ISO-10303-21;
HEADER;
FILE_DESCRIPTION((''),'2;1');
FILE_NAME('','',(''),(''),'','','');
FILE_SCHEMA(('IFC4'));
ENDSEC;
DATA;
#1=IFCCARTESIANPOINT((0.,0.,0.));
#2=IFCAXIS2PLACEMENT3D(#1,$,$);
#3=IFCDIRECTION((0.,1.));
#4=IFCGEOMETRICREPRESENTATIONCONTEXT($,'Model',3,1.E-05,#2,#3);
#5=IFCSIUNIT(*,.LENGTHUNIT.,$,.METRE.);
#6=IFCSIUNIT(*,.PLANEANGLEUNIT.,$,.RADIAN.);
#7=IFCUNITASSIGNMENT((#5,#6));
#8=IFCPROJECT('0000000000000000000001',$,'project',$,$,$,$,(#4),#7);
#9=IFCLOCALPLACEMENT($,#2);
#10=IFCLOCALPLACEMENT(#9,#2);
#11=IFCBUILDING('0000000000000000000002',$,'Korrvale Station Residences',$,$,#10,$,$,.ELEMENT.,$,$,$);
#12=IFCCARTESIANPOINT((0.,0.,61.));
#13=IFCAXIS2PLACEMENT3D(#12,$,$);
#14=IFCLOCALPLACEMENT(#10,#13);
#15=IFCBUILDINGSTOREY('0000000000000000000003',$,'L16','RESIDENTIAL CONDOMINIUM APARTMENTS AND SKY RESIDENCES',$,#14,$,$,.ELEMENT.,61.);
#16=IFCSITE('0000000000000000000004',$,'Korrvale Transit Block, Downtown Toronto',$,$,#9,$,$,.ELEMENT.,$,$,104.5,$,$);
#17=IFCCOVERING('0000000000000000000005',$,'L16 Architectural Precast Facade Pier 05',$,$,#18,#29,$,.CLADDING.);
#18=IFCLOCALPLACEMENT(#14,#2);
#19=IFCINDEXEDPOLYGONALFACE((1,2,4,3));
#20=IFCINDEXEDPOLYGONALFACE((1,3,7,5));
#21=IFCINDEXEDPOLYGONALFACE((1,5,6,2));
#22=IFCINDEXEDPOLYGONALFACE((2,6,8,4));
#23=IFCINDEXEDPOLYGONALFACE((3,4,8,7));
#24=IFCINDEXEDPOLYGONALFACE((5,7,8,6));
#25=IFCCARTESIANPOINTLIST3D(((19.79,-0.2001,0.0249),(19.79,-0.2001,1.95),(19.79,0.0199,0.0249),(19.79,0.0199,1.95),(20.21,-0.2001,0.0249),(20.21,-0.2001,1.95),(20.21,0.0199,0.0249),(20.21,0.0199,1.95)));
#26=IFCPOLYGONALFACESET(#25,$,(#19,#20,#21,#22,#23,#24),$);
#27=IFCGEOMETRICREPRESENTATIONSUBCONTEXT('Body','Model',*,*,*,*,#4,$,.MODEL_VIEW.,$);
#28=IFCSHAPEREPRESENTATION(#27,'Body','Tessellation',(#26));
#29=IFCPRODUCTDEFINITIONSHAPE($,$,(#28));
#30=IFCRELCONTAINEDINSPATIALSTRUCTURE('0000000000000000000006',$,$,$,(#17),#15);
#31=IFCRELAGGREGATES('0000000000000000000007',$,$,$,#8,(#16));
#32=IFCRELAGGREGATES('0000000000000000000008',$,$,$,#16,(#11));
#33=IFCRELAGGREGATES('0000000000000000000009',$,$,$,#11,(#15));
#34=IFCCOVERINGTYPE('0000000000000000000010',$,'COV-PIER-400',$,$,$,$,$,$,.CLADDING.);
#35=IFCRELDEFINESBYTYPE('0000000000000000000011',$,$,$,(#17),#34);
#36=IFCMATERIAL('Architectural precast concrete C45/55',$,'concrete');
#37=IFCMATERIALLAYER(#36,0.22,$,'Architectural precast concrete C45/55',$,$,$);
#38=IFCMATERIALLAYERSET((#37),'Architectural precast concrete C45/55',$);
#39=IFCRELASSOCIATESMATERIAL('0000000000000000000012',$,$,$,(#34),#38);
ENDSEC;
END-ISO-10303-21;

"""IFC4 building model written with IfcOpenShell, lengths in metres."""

from ifc_helpers import new_model, si_unit, direction, frame, origin, origin_2d, place, context, subcontext, project, spatial, rectangle, extrude, material, layer, layer_set, type_object, element, save


model = new_model("IFC4")

# Units and contexts
model_context = context("Model", 3, precision=1e-05, world=origin(), true_north=direction((0.0, 1.0)))
body_context = subcontext(model_context, "Body", "Model", "MODEL_VIEW")
ifc_project = project(units=[si_unit("LENGTHUNIT", "METRE"), si_unit("PLANEANGLEUNIT", "RADIAN")], contexts=[model_context])

# Site, building, storey
site_placement = place(None, origin())
site = spatial("IfcSite", under=ifc_project, at=site_placement, Name="Korrvale Transit Block, Downtown Toronto", CompositionType="ELEMENT", RefElevation=104.5)
building_placement = place(site_placement, origin())
building = spatial("IfcBuilding", under=site, at=building_placement, Name="Korrvale Station Residences", CompositionType="ELEMENT")
storey_placement = place(building_placement, frame((0.0, 0.0, 61.0)))
storey = spatial("IfcBuildingStorey", under=building, at=storey_placement, Name="L16", Description="RESIDENTIAL CONDOMINIUM APARTMENTS AND SKY RESIDENCES", CompositionType="ELEMENT", Elevation=61.0)

# Covering
ifc_material_1 = material(Name="Architectural precast concrete C45/55", Category="concrete")
ifc_layer_1 = layer(ifc_material_1, 0.22, Name="Architectural precast concrete C45/55")
ifc_layer_set_1 = layer_set([ifc_layer_1], Name="Architectural precast concrete C45/55")
covering_type = type_object("IfcCoveringType", Name="COV-PIER-400", PredefinedType="CLADDING", material=ifc_layer_set_1)
covering_placement = place(storey_placement, frame((20.0, -0.0901, 0.0249), z_axis=(0.0, 0.0, 1.0), x_axis=(1.0, 0.0, 0.0)))
element("IfcCovering", 1, at=covering_placement, inside=storey, type_object=covering_type, Name="L16 Architectural Precast Facade Pier 05", PredefinedType="CLADDING", context=body_context, shape_type="SweptSolid", body=[
    extrude(rectangle(XDim=0.4199, YDim=0.22, at=origin_2d()), origin(), (0.0, 0.0, 1.0), 1.925),
])

save(model, "model.ifc")
